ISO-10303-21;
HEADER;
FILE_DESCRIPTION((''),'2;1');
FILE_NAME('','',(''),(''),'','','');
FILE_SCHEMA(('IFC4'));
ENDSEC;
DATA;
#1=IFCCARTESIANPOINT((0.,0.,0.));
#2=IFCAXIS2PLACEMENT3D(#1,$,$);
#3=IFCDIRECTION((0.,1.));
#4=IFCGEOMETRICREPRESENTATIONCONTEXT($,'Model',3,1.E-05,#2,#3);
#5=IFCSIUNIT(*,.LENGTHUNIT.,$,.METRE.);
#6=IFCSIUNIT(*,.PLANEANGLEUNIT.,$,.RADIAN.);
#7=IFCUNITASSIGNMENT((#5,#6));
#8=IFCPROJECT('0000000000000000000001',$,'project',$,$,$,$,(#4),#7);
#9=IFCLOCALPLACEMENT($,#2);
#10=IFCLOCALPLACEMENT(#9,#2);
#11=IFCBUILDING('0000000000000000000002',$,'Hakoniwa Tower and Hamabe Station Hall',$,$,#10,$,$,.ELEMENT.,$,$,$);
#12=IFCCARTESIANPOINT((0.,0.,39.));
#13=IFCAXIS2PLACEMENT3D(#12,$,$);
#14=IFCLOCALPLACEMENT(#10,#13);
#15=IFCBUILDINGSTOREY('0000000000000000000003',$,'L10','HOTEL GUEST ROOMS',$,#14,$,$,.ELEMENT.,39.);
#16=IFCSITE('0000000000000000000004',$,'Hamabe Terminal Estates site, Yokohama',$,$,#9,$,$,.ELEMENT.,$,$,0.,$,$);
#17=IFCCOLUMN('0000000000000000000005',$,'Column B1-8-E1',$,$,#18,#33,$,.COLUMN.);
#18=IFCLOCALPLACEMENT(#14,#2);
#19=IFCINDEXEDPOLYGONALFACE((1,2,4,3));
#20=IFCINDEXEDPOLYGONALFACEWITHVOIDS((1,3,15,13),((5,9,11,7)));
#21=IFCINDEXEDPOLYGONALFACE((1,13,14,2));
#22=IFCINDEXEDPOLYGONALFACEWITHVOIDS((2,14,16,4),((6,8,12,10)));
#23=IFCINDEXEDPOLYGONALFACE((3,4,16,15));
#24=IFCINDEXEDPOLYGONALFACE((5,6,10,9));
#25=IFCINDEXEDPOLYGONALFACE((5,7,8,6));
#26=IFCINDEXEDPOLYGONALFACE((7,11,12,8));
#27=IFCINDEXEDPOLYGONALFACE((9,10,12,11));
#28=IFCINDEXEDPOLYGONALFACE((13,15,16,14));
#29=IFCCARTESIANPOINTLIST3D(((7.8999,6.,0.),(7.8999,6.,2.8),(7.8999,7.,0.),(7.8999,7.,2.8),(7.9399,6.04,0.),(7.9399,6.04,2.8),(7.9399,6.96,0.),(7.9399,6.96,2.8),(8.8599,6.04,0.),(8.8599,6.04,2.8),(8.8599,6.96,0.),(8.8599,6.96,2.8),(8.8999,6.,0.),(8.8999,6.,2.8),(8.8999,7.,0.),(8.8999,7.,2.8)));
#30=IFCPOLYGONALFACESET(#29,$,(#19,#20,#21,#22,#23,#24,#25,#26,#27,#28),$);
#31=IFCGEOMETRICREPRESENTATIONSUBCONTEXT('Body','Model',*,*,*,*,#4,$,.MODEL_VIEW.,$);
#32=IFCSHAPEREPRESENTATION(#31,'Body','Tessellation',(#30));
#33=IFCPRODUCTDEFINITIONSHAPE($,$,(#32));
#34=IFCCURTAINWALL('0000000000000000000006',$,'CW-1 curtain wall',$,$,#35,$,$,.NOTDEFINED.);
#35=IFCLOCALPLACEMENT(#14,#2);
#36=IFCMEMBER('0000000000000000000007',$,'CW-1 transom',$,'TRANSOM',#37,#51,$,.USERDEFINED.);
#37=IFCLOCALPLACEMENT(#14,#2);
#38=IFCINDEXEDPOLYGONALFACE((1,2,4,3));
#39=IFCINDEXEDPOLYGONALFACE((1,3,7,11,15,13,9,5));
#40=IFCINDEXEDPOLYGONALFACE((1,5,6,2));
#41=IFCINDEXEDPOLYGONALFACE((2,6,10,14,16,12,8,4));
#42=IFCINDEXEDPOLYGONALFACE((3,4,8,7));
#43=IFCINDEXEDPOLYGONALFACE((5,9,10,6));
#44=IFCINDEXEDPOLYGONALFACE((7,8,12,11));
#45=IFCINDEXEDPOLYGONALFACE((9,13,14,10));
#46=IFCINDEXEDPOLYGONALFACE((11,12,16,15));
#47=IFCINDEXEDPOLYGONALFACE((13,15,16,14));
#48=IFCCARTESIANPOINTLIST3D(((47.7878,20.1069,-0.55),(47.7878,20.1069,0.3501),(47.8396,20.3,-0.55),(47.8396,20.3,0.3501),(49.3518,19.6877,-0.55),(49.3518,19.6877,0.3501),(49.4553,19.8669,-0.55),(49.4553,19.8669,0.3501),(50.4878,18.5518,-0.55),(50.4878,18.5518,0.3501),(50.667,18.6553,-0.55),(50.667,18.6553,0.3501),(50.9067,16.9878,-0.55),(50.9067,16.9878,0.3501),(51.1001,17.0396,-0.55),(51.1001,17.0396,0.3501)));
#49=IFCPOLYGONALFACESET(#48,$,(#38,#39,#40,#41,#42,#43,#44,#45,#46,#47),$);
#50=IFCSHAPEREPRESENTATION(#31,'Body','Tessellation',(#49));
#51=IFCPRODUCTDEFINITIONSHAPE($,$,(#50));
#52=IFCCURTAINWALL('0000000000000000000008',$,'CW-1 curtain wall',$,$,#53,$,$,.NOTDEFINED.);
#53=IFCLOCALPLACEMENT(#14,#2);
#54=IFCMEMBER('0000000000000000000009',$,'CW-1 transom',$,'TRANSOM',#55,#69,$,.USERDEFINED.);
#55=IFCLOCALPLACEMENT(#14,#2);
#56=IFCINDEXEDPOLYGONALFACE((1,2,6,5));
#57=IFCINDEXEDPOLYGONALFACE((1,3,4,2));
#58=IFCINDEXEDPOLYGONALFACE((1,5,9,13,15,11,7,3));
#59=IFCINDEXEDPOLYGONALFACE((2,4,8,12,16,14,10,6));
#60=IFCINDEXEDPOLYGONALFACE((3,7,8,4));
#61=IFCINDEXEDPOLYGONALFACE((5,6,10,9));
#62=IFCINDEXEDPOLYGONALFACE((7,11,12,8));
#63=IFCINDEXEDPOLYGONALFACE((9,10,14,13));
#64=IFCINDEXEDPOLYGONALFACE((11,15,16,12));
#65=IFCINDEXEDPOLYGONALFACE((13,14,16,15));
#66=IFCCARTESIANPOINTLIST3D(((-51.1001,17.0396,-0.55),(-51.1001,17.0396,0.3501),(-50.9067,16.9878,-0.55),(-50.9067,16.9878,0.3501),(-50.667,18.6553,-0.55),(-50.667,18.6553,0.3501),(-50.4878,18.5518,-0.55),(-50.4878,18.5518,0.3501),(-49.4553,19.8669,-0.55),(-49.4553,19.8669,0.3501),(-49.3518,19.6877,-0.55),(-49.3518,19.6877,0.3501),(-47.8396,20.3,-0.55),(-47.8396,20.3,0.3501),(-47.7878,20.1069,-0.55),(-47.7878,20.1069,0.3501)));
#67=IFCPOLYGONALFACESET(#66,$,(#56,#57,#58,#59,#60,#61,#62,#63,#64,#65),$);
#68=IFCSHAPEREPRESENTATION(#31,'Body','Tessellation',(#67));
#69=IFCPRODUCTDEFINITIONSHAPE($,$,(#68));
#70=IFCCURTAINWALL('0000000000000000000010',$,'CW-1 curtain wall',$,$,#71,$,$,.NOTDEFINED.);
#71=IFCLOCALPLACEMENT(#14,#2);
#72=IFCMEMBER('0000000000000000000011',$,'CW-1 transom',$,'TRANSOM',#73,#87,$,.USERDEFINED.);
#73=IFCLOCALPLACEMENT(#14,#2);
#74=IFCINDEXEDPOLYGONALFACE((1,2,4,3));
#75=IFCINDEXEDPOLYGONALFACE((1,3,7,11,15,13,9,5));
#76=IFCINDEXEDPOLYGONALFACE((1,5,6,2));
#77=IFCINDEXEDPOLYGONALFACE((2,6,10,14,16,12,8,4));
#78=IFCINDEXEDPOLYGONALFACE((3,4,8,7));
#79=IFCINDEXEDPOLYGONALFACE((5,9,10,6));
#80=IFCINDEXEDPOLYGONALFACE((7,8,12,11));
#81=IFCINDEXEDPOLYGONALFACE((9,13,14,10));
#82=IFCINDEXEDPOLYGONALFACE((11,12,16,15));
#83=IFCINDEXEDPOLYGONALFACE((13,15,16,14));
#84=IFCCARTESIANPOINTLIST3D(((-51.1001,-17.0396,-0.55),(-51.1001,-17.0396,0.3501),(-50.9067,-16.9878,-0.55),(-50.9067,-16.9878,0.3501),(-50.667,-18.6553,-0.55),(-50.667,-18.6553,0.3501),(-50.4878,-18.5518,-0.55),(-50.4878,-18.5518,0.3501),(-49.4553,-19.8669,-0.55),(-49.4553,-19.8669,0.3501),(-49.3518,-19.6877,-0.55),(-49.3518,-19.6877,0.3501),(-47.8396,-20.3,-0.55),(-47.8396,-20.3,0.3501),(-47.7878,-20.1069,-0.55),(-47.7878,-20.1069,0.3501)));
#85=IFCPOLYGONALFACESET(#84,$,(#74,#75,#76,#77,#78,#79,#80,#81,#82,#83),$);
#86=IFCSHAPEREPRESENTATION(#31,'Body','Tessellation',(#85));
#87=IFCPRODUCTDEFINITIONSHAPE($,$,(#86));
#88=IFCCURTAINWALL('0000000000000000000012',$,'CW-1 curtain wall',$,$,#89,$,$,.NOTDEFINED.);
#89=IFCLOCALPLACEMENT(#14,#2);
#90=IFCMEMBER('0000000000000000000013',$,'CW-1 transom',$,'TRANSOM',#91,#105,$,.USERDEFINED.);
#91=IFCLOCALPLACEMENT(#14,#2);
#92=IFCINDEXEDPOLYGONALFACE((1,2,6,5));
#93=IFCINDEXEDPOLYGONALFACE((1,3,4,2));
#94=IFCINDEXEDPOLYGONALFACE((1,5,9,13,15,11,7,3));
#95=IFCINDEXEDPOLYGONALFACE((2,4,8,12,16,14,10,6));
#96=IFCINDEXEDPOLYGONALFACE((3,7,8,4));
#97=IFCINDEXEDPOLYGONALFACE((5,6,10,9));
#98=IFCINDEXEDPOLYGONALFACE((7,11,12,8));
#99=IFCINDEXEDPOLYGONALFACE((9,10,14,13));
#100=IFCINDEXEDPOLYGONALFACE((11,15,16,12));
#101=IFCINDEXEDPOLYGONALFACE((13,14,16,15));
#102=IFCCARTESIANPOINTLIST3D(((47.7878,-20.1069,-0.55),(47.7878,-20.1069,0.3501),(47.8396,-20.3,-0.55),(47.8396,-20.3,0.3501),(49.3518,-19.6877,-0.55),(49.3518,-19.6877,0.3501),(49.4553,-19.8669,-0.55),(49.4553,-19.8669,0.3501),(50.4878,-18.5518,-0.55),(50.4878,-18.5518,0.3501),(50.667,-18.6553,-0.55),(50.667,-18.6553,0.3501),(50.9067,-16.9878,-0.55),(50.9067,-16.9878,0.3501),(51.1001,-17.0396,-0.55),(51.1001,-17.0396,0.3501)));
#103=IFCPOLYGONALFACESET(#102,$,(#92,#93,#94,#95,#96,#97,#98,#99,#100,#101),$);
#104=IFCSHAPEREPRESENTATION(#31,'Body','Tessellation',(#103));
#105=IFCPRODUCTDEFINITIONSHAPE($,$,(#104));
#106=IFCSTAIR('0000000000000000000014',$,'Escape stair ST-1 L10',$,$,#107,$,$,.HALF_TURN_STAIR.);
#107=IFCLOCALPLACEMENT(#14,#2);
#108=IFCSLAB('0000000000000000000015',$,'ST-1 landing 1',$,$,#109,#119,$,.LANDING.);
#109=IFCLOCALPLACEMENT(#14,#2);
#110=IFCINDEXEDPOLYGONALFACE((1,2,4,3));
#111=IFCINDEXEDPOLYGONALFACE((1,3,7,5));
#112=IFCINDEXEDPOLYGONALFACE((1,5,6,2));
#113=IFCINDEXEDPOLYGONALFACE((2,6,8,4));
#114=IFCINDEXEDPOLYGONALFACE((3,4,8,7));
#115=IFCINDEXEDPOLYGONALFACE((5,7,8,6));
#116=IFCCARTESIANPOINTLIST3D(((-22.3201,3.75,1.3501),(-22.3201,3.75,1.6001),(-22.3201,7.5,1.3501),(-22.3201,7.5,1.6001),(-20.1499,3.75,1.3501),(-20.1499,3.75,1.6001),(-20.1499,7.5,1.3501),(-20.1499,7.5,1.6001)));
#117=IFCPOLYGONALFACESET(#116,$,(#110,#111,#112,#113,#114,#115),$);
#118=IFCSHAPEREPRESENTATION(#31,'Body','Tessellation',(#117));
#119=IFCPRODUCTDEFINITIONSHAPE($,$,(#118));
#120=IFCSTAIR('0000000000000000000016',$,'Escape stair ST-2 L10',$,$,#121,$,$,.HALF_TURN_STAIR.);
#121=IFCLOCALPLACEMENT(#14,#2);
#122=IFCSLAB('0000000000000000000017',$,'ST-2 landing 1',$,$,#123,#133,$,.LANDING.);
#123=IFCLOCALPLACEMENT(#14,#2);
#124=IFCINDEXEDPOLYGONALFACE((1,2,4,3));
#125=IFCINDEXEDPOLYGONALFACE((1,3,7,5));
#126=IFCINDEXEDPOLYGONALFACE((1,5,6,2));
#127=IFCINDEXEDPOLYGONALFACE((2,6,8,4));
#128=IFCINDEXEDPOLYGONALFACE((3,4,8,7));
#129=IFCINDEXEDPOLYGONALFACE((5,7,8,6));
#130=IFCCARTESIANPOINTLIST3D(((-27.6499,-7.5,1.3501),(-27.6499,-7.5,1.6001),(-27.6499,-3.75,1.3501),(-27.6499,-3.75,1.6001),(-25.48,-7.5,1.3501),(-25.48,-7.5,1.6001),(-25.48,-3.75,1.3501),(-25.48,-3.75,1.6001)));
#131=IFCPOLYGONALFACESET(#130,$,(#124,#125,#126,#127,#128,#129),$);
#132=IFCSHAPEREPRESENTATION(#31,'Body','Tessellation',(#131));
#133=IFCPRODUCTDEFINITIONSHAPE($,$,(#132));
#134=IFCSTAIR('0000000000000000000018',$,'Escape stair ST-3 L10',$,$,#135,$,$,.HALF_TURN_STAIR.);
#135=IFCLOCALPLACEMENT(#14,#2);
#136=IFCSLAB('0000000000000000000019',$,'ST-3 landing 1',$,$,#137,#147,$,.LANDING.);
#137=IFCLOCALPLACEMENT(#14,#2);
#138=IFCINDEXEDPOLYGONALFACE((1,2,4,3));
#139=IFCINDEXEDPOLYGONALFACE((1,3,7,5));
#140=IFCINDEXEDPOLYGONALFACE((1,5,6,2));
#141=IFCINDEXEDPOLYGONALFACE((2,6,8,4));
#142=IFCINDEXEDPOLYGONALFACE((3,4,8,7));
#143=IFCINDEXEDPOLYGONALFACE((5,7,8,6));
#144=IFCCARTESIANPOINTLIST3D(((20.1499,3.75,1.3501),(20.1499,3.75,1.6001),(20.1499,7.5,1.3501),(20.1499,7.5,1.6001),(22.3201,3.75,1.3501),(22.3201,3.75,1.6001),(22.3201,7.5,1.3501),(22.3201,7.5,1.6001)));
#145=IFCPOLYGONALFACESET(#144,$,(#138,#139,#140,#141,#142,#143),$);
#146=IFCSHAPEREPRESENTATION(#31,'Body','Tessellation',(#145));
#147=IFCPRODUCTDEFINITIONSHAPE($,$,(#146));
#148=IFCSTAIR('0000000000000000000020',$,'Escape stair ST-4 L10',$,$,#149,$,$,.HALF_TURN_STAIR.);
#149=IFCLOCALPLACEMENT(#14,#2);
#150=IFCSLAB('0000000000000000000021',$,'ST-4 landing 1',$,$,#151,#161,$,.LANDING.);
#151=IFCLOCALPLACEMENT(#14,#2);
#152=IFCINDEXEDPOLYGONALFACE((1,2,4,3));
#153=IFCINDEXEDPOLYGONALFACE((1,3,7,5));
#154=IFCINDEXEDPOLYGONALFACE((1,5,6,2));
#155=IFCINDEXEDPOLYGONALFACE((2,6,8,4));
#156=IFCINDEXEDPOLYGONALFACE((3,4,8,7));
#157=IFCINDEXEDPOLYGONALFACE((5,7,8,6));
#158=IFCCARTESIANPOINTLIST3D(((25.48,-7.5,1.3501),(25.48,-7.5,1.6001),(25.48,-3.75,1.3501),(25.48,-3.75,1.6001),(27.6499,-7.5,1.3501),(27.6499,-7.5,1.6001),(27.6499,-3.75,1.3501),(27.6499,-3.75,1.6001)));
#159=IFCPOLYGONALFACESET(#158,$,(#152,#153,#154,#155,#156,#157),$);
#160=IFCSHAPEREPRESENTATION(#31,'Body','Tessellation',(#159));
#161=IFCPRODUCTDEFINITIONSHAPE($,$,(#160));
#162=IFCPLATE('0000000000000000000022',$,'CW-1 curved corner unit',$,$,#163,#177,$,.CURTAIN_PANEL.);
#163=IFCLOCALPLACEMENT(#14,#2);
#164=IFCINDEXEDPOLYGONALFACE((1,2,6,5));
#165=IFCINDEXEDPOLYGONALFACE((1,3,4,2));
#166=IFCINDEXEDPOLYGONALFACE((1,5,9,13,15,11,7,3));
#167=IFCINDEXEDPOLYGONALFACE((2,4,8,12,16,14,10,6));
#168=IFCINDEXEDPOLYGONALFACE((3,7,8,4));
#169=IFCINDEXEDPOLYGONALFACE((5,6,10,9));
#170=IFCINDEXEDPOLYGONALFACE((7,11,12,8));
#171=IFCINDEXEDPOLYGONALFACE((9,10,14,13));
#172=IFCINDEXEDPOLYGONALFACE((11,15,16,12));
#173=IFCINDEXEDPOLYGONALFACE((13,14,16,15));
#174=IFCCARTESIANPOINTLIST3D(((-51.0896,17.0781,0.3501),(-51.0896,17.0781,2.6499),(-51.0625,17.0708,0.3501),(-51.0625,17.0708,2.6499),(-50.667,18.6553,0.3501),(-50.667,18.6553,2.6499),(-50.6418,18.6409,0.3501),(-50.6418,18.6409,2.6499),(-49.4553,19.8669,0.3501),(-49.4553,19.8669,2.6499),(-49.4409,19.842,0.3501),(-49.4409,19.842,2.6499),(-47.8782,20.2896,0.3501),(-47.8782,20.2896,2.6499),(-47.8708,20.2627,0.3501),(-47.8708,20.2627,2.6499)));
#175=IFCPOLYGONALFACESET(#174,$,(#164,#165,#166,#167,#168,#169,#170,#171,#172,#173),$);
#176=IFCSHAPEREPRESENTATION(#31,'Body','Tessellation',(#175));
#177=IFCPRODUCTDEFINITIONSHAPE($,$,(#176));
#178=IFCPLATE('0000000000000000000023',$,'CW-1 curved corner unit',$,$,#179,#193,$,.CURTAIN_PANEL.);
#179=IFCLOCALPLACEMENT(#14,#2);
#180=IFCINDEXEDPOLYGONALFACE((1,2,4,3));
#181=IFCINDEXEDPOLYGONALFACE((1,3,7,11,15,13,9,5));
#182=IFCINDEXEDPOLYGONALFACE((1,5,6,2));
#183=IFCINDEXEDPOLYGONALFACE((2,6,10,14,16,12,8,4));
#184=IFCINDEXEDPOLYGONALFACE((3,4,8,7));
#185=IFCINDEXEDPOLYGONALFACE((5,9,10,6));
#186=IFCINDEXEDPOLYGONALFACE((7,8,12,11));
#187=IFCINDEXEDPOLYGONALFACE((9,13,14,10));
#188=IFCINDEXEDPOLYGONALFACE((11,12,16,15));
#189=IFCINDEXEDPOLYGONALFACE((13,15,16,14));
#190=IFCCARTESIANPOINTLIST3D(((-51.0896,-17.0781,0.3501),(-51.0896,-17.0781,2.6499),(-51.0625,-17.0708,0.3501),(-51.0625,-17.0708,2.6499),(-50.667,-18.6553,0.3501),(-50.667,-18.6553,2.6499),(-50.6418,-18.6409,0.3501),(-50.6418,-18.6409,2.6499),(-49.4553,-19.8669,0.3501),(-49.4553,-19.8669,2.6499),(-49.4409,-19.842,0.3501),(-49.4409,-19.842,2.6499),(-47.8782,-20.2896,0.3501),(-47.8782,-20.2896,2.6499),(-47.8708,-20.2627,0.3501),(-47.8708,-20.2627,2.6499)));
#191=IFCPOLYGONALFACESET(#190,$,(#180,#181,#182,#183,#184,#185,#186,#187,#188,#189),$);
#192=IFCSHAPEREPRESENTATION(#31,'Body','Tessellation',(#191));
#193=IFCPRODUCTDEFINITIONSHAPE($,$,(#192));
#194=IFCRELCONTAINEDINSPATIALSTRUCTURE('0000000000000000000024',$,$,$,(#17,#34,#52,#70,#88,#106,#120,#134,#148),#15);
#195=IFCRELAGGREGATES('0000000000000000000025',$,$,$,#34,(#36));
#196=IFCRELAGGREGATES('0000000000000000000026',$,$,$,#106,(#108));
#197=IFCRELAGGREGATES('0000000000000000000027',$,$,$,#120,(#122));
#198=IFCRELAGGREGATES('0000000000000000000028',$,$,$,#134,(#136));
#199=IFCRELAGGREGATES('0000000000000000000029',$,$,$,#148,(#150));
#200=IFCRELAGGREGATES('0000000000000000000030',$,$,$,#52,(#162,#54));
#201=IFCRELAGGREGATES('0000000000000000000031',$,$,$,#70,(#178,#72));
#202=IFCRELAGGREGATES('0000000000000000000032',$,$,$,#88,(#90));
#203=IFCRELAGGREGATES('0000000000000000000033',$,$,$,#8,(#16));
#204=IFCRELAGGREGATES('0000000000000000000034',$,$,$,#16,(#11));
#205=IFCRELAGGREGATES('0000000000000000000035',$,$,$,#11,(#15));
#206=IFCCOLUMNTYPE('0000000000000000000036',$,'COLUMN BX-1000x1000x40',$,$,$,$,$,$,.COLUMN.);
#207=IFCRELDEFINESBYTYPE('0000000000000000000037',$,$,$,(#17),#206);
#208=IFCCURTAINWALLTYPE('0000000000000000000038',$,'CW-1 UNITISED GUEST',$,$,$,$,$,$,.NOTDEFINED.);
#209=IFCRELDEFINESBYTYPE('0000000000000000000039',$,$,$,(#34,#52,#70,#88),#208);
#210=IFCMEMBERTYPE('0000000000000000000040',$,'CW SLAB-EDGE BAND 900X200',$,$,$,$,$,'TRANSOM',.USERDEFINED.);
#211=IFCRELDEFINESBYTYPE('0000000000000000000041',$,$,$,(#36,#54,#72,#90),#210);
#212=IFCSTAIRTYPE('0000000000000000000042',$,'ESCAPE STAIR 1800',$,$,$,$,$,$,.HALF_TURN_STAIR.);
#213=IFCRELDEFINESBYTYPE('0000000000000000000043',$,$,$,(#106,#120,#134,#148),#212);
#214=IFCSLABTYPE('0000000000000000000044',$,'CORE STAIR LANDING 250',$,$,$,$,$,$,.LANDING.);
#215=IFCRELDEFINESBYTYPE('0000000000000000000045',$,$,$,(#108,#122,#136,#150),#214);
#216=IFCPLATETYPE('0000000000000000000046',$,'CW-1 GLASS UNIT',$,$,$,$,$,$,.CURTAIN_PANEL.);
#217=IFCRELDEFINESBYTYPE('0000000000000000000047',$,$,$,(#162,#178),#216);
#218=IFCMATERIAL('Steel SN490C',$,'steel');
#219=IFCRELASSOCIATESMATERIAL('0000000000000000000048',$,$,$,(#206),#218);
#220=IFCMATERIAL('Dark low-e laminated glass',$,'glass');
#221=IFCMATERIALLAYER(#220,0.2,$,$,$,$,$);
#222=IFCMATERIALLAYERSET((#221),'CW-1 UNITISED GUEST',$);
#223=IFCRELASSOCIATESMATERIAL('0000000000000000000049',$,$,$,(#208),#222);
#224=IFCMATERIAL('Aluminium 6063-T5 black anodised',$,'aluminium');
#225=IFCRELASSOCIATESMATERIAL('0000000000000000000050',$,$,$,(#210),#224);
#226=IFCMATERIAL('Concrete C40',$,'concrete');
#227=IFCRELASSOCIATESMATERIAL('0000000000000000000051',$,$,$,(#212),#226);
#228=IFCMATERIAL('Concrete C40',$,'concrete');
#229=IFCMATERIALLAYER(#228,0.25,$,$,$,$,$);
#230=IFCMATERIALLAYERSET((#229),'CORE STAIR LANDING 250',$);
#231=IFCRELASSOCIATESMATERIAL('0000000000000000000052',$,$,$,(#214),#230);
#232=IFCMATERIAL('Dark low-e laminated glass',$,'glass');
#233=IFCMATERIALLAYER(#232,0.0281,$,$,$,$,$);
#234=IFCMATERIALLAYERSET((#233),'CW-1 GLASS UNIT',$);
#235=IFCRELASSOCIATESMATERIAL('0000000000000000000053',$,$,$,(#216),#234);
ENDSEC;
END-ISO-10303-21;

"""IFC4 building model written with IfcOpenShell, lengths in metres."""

from ifc_helpers import new_model, si_unit, direction, frame, origin, origin_2d, place, context, subcontext, project, spatial, polyline, rectangle, hollow_rectangle, outline, extrude, material, layer, layer_set, material_profile, profile_set, type_object, element, aggregate, save


model = new_model("IFC4")

# Units and contexts
model_context = context("Model", 3, precision=1e-05, world=origin(), true_north=direction((0.0, 1.0)))
body_context = subcontext(model_context, "Body", "Model", "MODEL_VIEW")
ifc_project = project(units=[si_unit("LENGTHUNIT", "METRE"), si_unit("PLANEANGLEUNIT", "RADIAN")], contexts=[model_context])

# Site, building, storey
site_placement = place(None, origin())
site = spatial("IfcSite", under=ifc_project, at=site_placement, Name="Hamabe Terminal Estates site, Yokohama", CompositionType="ELEMENT", RefElevation=0.0)
building_placement = place(site_placement, origin())
building = spatial("IfcBuilding", under=site, at=building_placement, Name="Hakoniwa Tower and Hamabe Station Hall", CompositionType="ELEMENT")
storey_placement = place(building_placement, frame((0.0, 0.0, 39.0)))
storey = spatial("IfcBuildingStorey", under=building, at=storey_placement, Name="L10", Description="HOTEL GUEST ROOMS", CompositionType="ELEMENT", Elevation=39.0)

# Column
ifc_material_1 = material(Name="Steel SN490C", Category="steel")
ifc_material_profile_1 = material_profile(ifc_material_1, hollow_rectangle(XDim=1.0, YDim=1.0, WallThickness=0.04, at=origin_2d()), Name="BX-1000x1000x40")
ifc_profile_set_1 = profile_set([ifc_material_profile_1], Name="Steel SN490C")
column_type = type_object("IfcColumnType", Name="COLUMN BX-1000x1000x40", PredefinedType="COLUMN", material=ifc_profile_set_1)
column_placement = place(storey_placement, frame((8.3999, 6.5, 0.0), z_axis=(0.0, 0.0, 1.0), x_axis=(1.0, 0.0, 0.0)))
element("IfcColumn", 1, at=column_placement, inside=storey, type_object=column_type, Name="Column B1-8-E1", PredefinedType="COLUMN", context=body_context, shape_type="SweptSolid", body=[
    extrude(hollow_rectangle(XDim=1.0, YDim=1.0, WallThickness=0.04, at=origin_2d()), origin(), (0.0, 0.0, 1.0), 2.8),
])

# Curtain walls, members
ifc_material_2 = material(Name="Dark low-e laminated glass", Category="glass")
ifc_layer_1 = layer(ifc_material_2, 0.2)
ifc_layer_set_1 = layer_set([ifc_layer_1], Name="CW-1 UNITISED GUEST")
curtain_wall_type = type_object("IfcCurtainWallType", Name="CW-1 UNITISED GUEST", PredefinedType="NOTDEFINED", material=ifc_layer_set_1)
curtain_wall_1_placement = place(storey_placement, origin())
curtain_wall_1 = element("IfcCurtainWall", 2, at=curtain_wall_1_placement, inside=storey, type_object=curtain_wall_type, Name="CW-1 curtain wall", PredefinedType="NOTDEFINED")
ifc_material_3 = material(Name="Aluminium 6063-T5 black anodised", Category="aluminium")
ifc_material_profile_2 = material_profile(ifc_material_3, rectangle(XDim=0.2, YDim=0.8999, at=origin_2d()), Name="CW SLAB-EDGE BAND 900X200")
ifc_profile_set_2 = profile_set([ifc_material_profile_2], Name="Aluminium 6063-T5 black anodised")
member_type = type_object("IfcMemberType", Name="CW SLAB-EDGE BAND 900X200", ElementType="TRANSOM", PredefinedType="USERDEFINED", material=ifc_profile_set_2)
member_1_placement = place(storey_placement, frame((0.0, 0.0, -0.55)))
member_1 = element("IfcMember", 3, at=member_1_placement, type_object=member_type, Name="CW-1 transom", ObjectType="TRANSOM", PredefinedType="USERDEFINED", context=body_context, shape_type="SweptSolid", body=[
    extrude(outline(polyline([(51.1001, 17.0396), (50.667, 18.6553), (49.4553, 19.8669), (47.8396, 20.3), (47.7878, 20.1069), (49.3518, 19.6877), (50.4878, 18.5518), (50.9067, 16.9878), (51.1001, 17.0396)])), origin(), (0.0, 0.0, 1.0), 0.9001),
])
aggregate(curtain_wall_1, [member_1])
curtain_wall_2_placement = place(storey_placement, origin())
curtain_wall_2 = element("IfcCurtainWall", 4, at=curtain_wall_2_placement, inside=storey, type_object=curtain_wall_type, Name="CW-1 curtain wall", PredefinedType="NOTDEFINED")
member_2_placement = place(storey_placement, frame((0.0, 0.0, -0.55)))
member_2 = element("IfcMember", 5, at=member_2_placement, type_object=member_type, Name="CW-1 transom", ObjectType="TRANSOM", PredefinedType="USERDEFINED", context=body_context, shape_type="SweptSolid", body=[
    extrude(outline(polyline([(-47.8396, 20.3), (-49.4553, 19.8669), (-50.667, 18.6553), (-51.1001, 17.0396), (-50.9067, 16.9878), (-50.4878, 18.5518), (-49.3518, 19.6877), (-47.7878, 20.1069), (-47.8396, 20.3)])), origin(), (0.0, 0.0, 1.0), 0.9001),
])
curtain_wall_3_placement = place(storey_placement, origin())
curtain_wall_3 = element("IfcCurtainWall", 6, at=curtain_wall_3_placement, inside=storey, type_object=curtain_wall_type, Name="CW-1 curtain wall", PredefinedType="NOTDEFINED")
member_3_placement = place(storey_placement, frame((0.0, 0.0, -0.55)))
member_3 = element("IfcMember", 7, at=member_3_placement, type_object=member_type, Name="CW-1 transom", ObjectType="TRANSOM", PredefinedType="USERDEFINED", context=body_context, shape_type="SweptSolid", body=[
    extrude(outline(polyline([(-51.1001, -17.0396), (-50.667, -18.6553), (-49.4553, -19.8669), (-47.8396, -20.3), (-47.7878, -20.1069), (-49.3518, -19.6877), (-50.4878, -18.5518), (-50.9067, -16.9878), (-51.1001, -17.0396)])), origin(), (0.0, 0.0, 1.0), 0.9001),
])
curtain_wall_4_placement = place(storey_placement, origin())
curtain_wall_4 = element("IfcCurtainWall", 8, at=curtain_wall_4_placement, inside=storey, type_object=curtain_wall_type, Name="CW-1 curtain wall", PredefinedType="NOTDEFINED")
member_4_placement = place(storey_placement, frame((0.0, 0.0, -0.55)))
member_4 = element("IfcMember", 9, at=member_4_placement, type_object=member_type, Name="CW-1 transom", ObjectType="TRANSOM", PredefinedType="USERDEFINED", context=body_context, shape_type="SweptSolid", body=[
    extrude(outline(polyline([(47.8396, -20.3), (49.4553, -19.8669), (50.667, -18.6553), (51.1001, -17.0396), (50.9067, -16.9878), (50.4878, -18.5518), (49.3518, -19.6877), (47.7878, -20.1069), (47.8396, -20.3)])), origin(), (0.0, 0.0, 1.0), 0.9001),
])

# Stairs, slabs
ifc_material_4 = material(Name="Concrete C40", Category="concrete")
stair_type = type_object("IfcStairType", Name="ESCAPE STAIR 1800", PredefinedType="HALF_TURN_STAIR", material=ifc_material_4)
stair_1_placement = place(storey_placement, origin())
stair_1 = element("IfcStair", 10, at=stair_1_placement, inside=storey, type_object=stair_type, Name="Escape stair ST-1 L10", PredefinedType="HALF_TURN_STAIR")
ifc_material_5 = material(Name="Concrete C40", Category="concrete")
ifc_layer_2 = layer(ifc_material_5, 0.25)
ifc_layer_set_2 = layer_set([ifc_layer_2], Name="CORE STAIR LANDING 250")
slab_type = type_object("IfcSlabType", Name="CORE STAIR LANDING 250", PredefinedType="LANDING", material=ifc_layer_set_2)
slab_1_placement = place(storey_placement, frame((0.0, 0.0, 1.3501)))
slab_1 = element("IfcSlab", 11, at=slab_1_placement, type_object=slab_type, Name="ST-1 landing 1", PredefinedType="LANDING", context=body_context, shape_type="SweptSolid", body=[
    extrude(outline(polyline([(-22.3201, 3.75), (-20.1499, 3.75), (-20.1499, 7.5), (-22.3201, 7.5), (-22.3201, 3.75)])), origin(), (0.0, 0.0, 1.0), 0.25),
])
aggregate(stair_1, [slab_1])
stair_2_placement = place(storey_placement, origin())
stair_2 = element("IfcStair", 12, at=stair_2_placement, inside=storey, type_object=stair_type, Name="Escape stair ST-2 L10", PredefinedType="HALF_TURN_STAIR")
slab_2_placement = place(storey_placement, frame((0.0, 0.0, 1.3501)))
slab_2 = element("IfcSlab", 13, at=slab_2_placement, type_object=slab_type, Name="ST-2 landing 1", PredefinedType="LANDING", context=body_context, shape_type="SweptSolid", body=[
    extrude(outline(polyline([(-25.48, -7.5), (-27.6499, -7.5), (-27.6499, -3.75), (-25.48, -3.75), (-25.48, -7.5)])), origin(), (0.0, 0.0, 1.0), 0.25),
])
aggregate(stair_2, [slab_2])
stair_3_placement = place(storey_placement, origin())
stair_3 = element("IfcStair", 14, at=stair_3_placement, inside=storey, type_object=stair_type, Name="Escape stair ST-3 L10", PredefinedType="HALF_TURN_STAIR")
slab_3_placement = place(storey_placement, frame((0.0, 0.0, 1.3501)))
slab_3 = element("IfcSlab", 15, at=slab_3_placement, type_object=slab_type, Name="ST-3 landing 1", PredefinedType="LANDING", context=body_context, shape_type="SweptSolid", body=[
    extrude(outline(polyline([(22.3201, 3.75), (20.1499, 3.75), (20.1499, 7.5), (22.3201, 7.5), (22.3201, 3.75)])), origin(), (0.0, 0.0, 1.0), 0.25),
])
aggregate(stair_3, [slab_3])
stair_4_placement = place(storey_placement, origin())
stair_4 = element("IfcStair", 16, at=stair_4_placement, inside=storey, type_object=stair_type, Name="Escape stair ST-4 L10", PredefinedType="HALF_TURN_STAIR")
slab_4_placement = place(storey_placement, frame((0.0, 0.0, 1.3501)))
slab_4 = element("IfcSlab", 17, at=slab_4_placement, type_object=slab_type, Name="ST-4 landing 1", PredefinedType="LANDING", context=body_context, shape_type="SweptSolid", body=[
    extrude(outline(polyline([(25.48, -7.5), (27.6499, -7.5), (27.6499, -3.75), (25.48, -3.75), (25.48, -7.5)])), origin(), (0.0, 0.0, 1.0), 0.25),
])
aggregate(stair_4, [slab_4])

# Plates
ifc_material_6 = material(Name="Dark low-e laminated glass", Category="glass")
ifc_layer_3 = layer(ifc_material_6, 0.0281)
ifc_layer_set_3 = layer_set([ifc_layer_3], Name="CW-1 GLASS UNIT")
plate_type = type_object("IfcPlateType", Name="CW-1 GLASS UNIT", PredefinedType="CURTAIN_PANEL", material=ifc_layer_set_3)
plate_1_placement = place(storey_placement, frame((0.0, 0.0, 0.3501)))
plate_1 = element("IfcPlate", 18, at=plate_1_placement, type_object=plate_type, Name="CW-1 curved corner unit", PredefinedType="CURTAIN_PANEL", context=body_context, shape_type="SweptSolid", body=[
    extrude(outline(polyline([(-47.8782, 20.2896), (-49.4553, 19.8669), (-50.667, 18.6553), (-51.0896, 17.0781), (-51.0625, 17.0708), (-50.6418, 18.6409), (-49.4409, 19.842), (-47.8708, 20.2627), (-47.8782, 20.2896)])), origin(), (0.0, 0.0, 1.0), 2.2998),
])
aggregate(curtain_wall_2, [plate_1, member_2])
plate_2_placement = place(storey_placement, frame((0.0, 0.0, 0.3501)))
plate_2 = element("IfcPlate", 19, at=plate_2_placement, type_object=plate_type, Name="CW-1 curved corner unit", PredefinedType="CURTAIN_PANEL", context=body_context, shape_type="SweptSolid", body=[
    extrude(outline(polyline([(-51.0896, -17.0781), (-50.667, -18.6553), (-49.4553, -19.8669), (-47.8782, -20.2896), (-47.8708, -20.2627), (-49.4409, -19.842), (-50.6418, -18.6409), (-51.0625, -17.0708), (-51.0896, -17.0781)])), origin(), (0.0, 0.0, 1.0), 2.2998),
])
aggregate(curtain_wall_3, [plate_2, member_3])
aggregate(curtain_wall_4, [member_4])

save(model, "model.ifc")
